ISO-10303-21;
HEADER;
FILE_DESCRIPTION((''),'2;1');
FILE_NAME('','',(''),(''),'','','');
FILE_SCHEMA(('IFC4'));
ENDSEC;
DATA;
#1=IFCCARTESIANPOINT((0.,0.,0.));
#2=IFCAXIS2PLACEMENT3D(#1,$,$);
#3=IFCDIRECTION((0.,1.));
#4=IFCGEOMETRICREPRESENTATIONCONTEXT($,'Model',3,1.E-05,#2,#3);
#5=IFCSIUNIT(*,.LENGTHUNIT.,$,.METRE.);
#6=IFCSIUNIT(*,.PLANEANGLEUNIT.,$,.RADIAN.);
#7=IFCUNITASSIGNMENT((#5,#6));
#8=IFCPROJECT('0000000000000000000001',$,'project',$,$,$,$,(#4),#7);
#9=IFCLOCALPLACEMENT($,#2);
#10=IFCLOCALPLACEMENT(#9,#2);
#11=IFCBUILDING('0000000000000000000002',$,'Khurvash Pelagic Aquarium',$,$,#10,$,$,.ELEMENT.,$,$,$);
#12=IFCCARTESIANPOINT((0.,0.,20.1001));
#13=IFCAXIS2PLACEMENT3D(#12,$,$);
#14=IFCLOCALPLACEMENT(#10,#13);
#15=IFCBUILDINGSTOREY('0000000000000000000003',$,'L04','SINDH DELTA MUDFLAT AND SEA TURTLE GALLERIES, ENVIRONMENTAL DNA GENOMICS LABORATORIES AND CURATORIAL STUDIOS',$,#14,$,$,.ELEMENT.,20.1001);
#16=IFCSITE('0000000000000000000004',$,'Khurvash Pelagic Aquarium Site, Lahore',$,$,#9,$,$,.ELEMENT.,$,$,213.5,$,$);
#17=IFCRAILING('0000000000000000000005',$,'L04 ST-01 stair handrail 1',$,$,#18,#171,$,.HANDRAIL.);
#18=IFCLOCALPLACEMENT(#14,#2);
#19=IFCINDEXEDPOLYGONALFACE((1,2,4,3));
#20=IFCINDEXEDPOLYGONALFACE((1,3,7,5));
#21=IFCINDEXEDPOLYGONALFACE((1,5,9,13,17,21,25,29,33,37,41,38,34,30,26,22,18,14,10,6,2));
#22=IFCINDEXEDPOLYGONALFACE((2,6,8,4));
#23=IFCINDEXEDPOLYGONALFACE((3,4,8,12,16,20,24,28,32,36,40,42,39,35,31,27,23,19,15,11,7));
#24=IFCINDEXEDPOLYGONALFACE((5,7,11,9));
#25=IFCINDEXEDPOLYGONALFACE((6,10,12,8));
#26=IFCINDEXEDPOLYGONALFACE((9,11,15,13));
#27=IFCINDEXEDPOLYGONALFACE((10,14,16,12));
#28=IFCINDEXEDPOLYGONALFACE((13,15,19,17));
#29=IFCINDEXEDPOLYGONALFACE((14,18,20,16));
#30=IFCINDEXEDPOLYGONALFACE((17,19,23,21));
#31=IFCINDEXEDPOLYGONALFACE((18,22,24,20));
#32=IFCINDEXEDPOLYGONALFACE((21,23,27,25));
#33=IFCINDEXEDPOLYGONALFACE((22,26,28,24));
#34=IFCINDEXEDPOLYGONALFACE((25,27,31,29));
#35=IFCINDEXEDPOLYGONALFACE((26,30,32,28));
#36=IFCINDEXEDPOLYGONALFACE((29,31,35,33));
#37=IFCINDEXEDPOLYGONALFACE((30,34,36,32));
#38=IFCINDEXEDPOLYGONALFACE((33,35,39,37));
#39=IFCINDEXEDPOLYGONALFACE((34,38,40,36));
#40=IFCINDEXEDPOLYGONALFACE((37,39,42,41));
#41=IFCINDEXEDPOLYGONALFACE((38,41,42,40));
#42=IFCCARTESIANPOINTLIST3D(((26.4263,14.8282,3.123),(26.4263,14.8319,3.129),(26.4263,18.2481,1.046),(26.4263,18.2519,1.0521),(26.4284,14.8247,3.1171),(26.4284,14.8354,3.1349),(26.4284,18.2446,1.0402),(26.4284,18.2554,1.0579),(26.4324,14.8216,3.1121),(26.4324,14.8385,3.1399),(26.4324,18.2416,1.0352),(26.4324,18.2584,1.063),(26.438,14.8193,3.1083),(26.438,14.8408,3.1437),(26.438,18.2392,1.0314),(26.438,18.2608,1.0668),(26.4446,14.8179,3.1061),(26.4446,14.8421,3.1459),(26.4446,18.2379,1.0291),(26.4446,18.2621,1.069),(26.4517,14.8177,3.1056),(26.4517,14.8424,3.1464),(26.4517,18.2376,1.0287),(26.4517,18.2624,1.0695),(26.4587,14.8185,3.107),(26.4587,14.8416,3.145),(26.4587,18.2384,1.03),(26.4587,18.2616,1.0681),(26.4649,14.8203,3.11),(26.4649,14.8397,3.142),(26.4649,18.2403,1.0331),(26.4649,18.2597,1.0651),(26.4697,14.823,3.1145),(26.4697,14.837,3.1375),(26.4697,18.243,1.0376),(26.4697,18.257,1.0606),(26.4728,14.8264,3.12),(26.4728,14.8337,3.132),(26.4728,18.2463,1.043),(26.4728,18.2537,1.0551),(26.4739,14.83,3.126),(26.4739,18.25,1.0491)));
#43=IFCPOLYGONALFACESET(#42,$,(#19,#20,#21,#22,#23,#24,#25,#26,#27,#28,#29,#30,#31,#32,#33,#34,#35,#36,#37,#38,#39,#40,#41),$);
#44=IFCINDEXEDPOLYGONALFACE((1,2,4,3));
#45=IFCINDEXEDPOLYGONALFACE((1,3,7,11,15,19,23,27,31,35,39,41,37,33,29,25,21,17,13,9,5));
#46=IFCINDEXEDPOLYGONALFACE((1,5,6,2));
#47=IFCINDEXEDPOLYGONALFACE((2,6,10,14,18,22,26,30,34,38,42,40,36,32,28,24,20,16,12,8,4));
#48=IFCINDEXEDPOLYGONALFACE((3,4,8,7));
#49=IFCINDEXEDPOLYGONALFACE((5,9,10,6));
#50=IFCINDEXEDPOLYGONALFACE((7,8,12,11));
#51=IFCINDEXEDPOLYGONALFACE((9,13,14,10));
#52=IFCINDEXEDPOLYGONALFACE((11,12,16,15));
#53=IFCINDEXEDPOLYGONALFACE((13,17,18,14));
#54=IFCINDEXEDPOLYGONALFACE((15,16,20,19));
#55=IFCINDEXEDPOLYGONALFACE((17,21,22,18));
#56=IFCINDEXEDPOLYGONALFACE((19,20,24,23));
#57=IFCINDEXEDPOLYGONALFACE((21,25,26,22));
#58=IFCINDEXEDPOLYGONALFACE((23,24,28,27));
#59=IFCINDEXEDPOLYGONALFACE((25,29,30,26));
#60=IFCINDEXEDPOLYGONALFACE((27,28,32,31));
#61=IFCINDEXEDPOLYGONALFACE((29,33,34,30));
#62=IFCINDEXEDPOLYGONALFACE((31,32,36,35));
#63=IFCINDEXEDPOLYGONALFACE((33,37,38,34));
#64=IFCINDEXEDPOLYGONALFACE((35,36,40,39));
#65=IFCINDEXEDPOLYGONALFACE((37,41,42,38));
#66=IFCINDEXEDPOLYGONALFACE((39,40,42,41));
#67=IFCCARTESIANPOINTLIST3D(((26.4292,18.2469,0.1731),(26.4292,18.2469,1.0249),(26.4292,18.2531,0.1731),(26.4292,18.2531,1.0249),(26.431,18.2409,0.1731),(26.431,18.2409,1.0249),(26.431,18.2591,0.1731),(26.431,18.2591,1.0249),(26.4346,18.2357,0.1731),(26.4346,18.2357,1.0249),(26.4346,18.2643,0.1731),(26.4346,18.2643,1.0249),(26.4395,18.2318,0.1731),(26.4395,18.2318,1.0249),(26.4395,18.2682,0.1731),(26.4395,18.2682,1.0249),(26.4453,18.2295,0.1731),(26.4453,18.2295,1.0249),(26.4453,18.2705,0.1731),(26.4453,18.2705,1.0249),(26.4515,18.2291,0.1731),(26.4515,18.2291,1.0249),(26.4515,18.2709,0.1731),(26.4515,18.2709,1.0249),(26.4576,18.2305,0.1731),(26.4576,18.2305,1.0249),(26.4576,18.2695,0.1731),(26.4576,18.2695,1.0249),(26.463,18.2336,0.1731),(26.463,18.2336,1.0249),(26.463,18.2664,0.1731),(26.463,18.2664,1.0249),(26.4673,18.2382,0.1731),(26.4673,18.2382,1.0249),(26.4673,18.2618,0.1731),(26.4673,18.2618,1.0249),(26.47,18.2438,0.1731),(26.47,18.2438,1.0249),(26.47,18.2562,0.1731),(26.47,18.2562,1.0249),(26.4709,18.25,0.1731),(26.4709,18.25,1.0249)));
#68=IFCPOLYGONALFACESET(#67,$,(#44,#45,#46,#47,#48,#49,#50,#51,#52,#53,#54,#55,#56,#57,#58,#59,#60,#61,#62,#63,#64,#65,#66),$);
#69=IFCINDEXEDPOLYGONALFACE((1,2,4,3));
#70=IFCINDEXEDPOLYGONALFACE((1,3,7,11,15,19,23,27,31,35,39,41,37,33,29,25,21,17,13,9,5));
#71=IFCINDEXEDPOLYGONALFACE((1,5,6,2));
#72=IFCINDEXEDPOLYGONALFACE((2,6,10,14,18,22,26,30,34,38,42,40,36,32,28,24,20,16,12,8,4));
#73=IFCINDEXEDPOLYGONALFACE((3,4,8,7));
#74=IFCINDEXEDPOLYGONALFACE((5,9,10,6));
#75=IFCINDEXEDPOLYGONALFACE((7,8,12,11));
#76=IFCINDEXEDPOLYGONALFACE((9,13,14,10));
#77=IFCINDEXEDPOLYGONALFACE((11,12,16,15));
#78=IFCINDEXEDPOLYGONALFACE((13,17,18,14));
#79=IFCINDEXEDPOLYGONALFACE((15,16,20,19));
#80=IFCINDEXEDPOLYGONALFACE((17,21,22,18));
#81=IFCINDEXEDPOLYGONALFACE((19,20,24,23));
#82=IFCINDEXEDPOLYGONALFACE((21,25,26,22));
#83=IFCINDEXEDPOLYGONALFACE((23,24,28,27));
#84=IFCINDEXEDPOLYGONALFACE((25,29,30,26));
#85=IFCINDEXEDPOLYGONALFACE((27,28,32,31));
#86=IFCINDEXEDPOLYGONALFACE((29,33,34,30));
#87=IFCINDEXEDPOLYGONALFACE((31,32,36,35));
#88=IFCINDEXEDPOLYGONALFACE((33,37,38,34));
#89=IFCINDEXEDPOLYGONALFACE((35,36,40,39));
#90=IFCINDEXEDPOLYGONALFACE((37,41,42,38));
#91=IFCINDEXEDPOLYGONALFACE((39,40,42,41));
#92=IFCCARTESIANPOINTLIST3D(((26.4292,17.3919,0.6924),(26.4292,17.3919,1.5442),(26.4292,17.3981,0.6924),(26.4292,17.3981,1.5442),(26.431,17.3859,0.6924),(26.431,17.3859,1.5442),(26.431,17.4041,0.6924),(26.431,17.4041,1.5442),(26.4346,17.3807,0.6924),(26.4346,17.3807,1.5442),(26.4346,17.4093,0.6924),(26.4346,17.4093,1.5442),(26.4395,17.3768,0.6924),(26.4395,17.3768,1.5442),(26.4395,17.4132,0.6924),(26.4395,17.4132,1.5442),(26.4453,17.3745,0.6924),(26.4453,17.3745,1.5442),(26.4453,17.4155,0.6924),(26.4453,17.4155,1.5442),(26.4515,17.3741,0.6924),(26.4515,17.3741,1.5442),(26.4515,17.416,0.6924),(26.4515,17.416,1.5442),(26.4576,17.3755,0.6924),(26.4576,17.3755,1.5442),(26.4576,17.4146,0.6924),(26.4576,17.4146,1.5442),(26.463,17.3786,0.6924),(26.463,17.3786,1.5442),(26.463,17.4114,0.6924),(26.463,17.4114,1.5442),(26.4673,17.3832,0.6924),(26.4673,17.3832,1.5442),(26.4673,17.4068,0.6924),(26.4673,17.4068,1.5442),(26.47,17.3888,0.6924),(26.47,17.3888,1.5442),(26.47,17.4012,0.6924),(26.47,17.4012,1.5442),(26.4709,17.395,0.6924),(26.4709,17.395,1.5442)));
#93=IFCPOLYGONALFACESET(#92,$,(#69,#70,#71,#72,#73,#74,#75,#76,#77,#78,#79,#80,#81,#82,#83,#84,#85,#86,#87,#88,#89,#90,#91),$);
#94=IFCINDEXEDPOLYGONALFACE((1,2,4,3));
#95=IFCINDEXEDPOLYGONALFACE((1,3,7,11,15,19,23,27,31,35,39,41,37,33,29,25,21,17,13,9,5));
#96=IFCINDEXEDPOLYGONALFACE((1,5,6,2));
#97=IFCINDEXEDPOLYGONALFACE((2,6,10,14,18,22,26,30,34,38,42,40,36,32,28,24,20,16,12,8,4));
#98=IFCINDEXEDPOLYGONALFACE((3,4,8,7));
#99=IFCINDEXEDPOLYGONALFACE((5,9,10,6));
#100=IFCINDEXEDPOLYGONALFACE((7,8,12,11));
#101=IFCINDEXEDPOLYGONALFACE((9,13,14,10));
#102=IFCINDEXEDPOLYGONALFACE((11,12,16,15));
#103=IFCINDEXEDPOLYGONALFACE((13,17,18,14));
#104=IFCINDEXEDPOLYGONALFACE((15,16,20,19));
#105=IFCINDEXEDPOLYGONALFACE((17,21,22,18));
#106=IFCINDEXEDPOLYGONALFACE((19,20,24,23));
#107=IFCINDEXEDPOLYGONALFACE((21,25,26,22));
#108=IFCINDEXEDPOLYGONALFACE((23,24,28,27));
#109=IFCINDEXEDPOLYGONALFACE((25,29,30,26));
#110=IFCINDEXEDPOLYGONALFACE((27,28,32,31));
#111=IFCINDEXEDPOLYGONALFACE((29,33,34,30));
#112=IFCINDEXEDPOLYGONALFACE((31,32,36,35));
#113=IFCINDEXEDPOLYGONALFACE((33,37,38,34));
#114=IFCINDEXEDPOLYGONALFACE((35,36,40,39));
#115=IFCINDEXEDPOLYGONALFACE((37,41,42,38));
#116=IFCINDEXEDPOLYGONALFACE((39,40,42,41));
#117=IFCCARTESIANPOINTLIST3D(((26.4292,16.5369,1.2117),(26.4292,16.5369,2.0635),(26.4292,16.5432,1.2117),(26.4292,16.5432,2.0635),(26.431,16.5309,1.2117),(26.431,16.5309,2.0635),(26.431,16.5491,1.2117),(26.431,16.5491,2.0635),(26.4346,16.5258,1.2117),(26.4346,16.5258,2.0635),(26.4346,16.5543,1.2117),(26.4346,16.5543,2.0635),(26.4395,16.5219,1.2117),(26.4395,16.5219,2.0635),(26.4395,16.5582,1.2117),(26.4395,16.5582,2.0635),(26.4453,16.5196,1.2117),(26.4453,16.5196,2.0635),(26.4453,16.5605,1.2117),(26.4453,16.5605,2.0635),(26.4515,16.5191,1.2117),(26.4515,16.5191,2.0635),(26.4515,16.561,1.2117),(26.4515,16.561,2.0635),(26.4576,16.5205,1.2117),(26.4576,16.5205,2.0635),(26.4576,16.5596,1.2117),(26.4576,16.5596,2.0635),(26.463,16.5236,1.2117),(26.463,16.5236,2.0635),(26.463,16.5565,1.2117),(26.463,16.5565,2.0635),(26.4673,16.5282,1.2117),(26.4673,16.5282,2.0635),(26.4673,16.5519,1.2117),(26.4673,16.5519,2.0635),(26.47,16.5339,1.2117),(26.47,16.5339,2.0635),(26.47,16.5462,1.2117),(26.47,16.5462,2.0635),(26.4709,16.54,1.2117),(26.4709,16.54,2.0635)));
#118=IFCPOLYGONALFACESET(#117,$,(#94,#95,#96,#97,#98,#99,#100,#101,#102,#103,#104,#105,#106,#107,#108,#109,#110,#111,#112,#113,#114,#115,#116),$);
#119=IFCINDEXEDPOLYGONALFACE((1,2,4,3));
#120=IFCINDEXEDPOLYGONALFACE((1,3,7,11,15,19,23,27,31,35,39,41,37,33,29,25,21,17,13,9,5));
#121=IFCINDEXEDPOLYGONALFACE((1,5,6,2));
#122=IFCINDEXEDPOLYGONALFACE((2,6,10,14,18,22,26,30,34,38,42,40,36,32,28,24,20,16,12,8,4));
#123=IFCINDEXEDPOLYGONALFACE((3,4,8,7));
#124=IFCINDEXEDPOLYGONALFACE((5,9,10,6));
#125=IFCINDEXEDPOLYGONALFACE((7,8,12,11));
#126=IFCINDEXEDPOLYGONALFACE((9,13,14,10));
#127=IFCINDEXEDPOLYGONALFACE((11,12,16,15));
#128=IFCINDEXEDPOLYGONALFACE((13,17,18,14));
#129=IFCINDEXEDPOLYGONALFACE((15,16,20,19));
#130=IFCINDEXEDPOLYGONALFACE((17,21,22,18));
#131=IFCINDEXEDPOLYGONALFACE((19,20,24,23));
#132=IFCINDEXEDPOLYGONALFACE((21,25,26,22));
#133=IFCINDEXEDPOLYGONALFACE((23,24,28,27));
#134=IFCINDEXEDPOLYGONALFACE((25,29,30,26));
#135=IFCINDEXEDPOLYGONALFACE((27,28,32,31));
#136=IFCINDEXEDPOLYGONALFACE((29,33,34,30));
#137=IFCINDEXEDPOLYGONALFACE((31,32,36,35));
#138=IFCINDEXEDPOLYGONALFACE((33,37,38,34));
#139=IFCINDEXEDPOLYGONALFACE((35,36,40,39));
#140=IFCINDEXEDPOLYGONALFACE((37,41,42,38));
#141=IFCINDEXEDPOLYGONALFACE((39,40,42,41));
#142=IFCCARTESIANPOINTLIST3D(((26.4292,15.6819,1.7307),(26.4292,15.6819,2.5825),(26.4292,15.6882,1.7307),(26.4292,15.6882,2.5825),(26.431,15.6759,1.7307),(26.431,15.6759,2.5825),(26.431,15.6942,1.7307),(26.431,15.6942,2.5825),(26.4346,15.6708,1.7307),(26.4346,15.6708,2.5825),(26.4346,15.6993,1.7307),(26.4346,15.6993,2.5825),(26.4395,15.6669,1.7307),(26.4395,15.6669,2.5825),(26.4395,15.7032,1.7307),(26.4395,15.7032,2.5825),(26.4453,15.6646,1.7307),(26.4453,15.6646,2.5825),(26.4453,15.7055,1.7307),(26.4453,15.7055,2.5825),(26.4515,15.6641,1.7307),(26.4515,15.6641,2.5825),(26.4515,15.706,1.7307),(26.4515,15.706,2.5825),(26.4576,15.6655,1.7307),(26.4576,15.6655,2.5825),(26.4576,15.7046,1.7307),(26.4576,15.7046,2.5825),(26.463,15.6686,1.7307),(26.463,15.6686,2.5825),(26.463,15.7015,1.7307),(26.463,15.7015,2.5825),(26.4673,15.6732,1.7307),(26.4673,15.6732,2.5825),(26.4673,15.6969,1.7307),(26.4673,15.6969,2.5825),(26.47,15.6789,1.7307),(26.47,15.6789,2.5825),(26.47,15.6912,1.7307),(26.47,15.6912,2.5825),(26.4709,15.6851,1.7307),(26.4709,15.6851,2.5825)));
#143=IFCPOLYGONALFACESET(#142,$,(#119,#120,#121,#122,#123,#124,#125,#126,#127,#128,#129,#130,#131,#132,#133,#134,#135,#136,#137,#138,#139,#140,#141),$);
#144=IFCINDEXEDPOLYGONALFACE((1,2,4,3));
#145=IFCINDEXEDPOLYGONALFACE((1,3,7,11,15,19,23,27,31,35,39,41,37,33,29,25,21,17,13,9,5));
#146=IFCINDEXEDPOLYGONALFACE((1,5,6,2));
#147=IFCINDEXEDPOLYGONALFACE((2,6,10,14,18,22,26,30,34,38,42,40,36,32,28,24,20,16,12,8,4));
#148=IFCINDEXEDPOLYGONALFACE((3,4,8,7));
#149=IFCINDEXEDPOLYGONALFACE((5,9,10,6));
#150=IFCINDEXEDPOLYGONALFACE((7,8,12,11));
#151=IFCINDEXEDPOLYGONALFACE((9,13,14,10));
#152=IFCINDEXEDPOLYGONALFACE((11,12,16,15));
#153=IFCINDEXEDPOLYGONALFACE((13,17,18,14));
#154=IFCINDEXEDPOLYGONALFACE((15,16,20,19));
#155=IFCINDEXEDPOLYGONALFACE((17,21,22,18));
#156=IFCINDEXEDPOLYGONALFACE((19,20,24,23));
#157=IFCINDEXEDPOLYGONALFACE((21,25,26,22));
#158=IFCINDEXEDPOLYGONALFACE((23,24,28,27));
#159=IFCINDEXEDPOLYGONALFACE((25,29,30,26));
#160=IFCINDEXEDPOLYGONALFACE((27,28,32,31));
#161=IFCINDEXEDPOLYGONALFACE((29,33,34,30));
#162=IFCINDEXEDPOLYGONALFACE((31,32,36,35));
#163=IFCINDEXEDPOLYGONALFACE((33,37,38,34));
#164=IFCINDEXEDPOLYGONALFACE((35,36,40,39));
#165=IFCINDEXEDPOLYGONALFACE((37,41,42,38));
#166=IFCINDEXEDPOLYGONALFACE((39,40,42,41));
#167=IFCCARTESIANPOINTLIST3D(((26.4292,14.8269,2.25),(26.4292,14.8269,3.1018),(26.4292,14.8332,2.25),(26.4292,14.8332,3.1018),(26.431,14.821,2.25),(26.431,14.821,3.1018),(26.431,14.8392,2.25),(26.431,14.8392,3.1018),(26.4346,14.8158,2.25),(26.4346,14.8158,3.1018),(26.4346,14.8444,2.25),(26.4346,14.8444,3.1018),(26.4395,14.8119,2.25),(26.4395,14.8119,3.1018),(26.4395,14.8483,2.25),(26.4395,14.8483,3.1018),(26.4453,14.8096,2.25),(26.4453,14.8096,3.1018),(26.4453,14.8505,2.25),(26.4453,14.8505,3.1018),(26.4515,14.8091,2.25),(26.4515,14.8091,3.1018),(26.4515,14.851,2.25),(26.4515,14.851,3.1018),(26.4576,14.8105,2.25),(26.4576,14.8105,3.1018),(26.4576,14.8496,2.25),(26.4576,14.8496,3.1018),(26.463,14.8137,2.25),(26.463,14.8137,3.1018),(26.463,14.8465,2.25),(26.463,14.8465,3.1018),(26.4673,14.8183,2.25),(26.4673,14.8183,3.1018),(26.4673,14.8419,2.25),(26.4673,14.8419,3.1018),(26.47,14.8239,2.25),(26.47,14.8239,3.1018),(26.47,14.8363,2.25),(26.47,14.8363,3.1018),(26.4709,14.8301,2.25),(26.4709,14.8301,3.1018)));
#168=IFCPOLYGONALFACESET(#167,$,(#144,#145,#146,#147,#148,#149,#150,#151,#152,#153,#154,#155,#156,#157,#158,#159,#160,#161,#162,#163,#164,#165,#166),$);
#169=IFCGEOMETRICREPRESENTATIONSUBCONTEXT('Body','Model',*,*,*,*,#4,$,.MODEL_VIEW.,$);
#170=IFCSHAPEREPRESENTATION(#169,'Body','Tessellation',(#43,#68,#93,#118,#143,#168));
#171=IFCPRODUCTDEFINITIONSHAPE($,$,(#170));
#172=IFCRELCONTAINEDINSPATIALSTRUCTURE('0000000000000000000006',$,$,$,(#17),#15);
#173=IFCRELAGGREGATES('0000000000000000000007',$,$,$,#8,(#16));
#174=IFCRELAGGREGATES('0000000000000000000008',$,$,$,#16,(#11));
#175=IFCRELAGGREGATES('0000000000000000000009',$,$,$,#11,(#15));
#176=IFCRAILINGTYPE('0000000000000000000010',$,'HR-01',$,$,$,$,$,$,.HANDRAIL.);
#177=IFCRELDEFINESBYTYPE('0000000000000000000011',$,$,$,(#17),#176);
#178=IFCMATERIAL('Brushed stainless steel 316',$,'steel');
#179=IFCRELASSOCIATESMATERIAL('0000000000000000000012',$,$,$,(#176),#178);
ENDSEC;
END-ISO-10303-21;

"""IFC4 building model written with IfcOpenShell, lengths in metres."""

from ifc_helpers import new_model, si_unit, direction, frame, origin, origin_2d, place, context, subcontext, project, spatial, circle, extrude, material, type_object, element, save


model = new_model("IFC4")

# Units and contexts
model_context = context("Model", 3, precision=1e-05, world=origin(), true_north=direction((0.0, 1.0)))
body_context = subcontext(model_context, "Body", "Model", "MODEL_VIEW")
ifc_project = project(units=[si_unit("LENGTHUNIT", "METRE"), si_unit("PLANEANGLEUNIT", "RADIAN")], contexts=[model_context])

# Site, building, storey
site_placement = place(None, origin())
site = spatial("IfcSite", under=ifc_project, at=site_placement, Name="Khurvash Pelagic Aquarium Site, Lahore", CompositionType="ELEMENT", RefElevation=213.5)
building_placement = place(site_placement, origin())
building = spatial("IfcBuilding", under=site, at=building_placement, Name="Khurvash Pelagic Aquarium", CompositionType="ELEMENT")
storey_placement = place(building_placement, frame((0.0, 0.0, 20.1001)))
storey = spatial("IfcBuildingStorey", under=building, at=storey_placement, Name="L04", Description="SINDH DELTA MUDFLAT AND SEA TURTLE GALLERIES, ENVIRONMENTAL DNA GENOMICS LABORATORIES AND CURATORIAL STUDIOS", CompositionType="ELEMENT", Elevation=20.1001)

# Railing
ifc_material_1 = material(Name="Brushed stainless steel 316", Category="steel")
railing_type_1 = type_object("IfcRailingType", Name="HR-01", PredefinedType="HANDRAIL", material=ifc_material_1)
railing_1_placement = place(storey_placement, frame((26.45, 18.25, 0.1731)))
element("IfcRailing", 1, at=railing_1_placement, inside=storey, type_object=railing_type_1, Name="L04 ST-01 stair handrail 1", PredefinedType="HANDRAIL", context=body_context, shape_type="SweptSolid", body=[
    extrude(circle(Radius=0.0239, at=origin_2d()), frame((0.0, 0.0, 0.876), z_axis=(0.0, -0.85473, 0.519074), x_axis=(1.0, 0.0, 0.0)), (0.0, 0.0, 1.0), 4.0012),
    extrude(circle(Radius=0.021, at=origin_2d()), origin(), (0.0, 0.0, 1.0), 0.8518),
    extrude(circle(Radius=0.021, at=origin_2d()), frame((0.0, -0.855, 0.5193)), (0.0, 0.0, 1.0), 0.8518),
    extrude(circle(Radius=0.021, at=origin_2d()), frame((0.0, -1.71, 1.0386)), (0.0, 0.0, 1.0), 0.8518),
    extrude(circle(Radius=0.021, at=origin_2d()), frame((0.0, -2.5649, 1.5576)), (0.0, 0.0, 1.0), 0.8518),
    extrude(circle(Radius=0.021, at=origin_2d()), frame((0.0, -3.4199, 2.0769)), (0.0, 0.0, 1.0), 0.8518),
])

save(model, "model.ifc")
